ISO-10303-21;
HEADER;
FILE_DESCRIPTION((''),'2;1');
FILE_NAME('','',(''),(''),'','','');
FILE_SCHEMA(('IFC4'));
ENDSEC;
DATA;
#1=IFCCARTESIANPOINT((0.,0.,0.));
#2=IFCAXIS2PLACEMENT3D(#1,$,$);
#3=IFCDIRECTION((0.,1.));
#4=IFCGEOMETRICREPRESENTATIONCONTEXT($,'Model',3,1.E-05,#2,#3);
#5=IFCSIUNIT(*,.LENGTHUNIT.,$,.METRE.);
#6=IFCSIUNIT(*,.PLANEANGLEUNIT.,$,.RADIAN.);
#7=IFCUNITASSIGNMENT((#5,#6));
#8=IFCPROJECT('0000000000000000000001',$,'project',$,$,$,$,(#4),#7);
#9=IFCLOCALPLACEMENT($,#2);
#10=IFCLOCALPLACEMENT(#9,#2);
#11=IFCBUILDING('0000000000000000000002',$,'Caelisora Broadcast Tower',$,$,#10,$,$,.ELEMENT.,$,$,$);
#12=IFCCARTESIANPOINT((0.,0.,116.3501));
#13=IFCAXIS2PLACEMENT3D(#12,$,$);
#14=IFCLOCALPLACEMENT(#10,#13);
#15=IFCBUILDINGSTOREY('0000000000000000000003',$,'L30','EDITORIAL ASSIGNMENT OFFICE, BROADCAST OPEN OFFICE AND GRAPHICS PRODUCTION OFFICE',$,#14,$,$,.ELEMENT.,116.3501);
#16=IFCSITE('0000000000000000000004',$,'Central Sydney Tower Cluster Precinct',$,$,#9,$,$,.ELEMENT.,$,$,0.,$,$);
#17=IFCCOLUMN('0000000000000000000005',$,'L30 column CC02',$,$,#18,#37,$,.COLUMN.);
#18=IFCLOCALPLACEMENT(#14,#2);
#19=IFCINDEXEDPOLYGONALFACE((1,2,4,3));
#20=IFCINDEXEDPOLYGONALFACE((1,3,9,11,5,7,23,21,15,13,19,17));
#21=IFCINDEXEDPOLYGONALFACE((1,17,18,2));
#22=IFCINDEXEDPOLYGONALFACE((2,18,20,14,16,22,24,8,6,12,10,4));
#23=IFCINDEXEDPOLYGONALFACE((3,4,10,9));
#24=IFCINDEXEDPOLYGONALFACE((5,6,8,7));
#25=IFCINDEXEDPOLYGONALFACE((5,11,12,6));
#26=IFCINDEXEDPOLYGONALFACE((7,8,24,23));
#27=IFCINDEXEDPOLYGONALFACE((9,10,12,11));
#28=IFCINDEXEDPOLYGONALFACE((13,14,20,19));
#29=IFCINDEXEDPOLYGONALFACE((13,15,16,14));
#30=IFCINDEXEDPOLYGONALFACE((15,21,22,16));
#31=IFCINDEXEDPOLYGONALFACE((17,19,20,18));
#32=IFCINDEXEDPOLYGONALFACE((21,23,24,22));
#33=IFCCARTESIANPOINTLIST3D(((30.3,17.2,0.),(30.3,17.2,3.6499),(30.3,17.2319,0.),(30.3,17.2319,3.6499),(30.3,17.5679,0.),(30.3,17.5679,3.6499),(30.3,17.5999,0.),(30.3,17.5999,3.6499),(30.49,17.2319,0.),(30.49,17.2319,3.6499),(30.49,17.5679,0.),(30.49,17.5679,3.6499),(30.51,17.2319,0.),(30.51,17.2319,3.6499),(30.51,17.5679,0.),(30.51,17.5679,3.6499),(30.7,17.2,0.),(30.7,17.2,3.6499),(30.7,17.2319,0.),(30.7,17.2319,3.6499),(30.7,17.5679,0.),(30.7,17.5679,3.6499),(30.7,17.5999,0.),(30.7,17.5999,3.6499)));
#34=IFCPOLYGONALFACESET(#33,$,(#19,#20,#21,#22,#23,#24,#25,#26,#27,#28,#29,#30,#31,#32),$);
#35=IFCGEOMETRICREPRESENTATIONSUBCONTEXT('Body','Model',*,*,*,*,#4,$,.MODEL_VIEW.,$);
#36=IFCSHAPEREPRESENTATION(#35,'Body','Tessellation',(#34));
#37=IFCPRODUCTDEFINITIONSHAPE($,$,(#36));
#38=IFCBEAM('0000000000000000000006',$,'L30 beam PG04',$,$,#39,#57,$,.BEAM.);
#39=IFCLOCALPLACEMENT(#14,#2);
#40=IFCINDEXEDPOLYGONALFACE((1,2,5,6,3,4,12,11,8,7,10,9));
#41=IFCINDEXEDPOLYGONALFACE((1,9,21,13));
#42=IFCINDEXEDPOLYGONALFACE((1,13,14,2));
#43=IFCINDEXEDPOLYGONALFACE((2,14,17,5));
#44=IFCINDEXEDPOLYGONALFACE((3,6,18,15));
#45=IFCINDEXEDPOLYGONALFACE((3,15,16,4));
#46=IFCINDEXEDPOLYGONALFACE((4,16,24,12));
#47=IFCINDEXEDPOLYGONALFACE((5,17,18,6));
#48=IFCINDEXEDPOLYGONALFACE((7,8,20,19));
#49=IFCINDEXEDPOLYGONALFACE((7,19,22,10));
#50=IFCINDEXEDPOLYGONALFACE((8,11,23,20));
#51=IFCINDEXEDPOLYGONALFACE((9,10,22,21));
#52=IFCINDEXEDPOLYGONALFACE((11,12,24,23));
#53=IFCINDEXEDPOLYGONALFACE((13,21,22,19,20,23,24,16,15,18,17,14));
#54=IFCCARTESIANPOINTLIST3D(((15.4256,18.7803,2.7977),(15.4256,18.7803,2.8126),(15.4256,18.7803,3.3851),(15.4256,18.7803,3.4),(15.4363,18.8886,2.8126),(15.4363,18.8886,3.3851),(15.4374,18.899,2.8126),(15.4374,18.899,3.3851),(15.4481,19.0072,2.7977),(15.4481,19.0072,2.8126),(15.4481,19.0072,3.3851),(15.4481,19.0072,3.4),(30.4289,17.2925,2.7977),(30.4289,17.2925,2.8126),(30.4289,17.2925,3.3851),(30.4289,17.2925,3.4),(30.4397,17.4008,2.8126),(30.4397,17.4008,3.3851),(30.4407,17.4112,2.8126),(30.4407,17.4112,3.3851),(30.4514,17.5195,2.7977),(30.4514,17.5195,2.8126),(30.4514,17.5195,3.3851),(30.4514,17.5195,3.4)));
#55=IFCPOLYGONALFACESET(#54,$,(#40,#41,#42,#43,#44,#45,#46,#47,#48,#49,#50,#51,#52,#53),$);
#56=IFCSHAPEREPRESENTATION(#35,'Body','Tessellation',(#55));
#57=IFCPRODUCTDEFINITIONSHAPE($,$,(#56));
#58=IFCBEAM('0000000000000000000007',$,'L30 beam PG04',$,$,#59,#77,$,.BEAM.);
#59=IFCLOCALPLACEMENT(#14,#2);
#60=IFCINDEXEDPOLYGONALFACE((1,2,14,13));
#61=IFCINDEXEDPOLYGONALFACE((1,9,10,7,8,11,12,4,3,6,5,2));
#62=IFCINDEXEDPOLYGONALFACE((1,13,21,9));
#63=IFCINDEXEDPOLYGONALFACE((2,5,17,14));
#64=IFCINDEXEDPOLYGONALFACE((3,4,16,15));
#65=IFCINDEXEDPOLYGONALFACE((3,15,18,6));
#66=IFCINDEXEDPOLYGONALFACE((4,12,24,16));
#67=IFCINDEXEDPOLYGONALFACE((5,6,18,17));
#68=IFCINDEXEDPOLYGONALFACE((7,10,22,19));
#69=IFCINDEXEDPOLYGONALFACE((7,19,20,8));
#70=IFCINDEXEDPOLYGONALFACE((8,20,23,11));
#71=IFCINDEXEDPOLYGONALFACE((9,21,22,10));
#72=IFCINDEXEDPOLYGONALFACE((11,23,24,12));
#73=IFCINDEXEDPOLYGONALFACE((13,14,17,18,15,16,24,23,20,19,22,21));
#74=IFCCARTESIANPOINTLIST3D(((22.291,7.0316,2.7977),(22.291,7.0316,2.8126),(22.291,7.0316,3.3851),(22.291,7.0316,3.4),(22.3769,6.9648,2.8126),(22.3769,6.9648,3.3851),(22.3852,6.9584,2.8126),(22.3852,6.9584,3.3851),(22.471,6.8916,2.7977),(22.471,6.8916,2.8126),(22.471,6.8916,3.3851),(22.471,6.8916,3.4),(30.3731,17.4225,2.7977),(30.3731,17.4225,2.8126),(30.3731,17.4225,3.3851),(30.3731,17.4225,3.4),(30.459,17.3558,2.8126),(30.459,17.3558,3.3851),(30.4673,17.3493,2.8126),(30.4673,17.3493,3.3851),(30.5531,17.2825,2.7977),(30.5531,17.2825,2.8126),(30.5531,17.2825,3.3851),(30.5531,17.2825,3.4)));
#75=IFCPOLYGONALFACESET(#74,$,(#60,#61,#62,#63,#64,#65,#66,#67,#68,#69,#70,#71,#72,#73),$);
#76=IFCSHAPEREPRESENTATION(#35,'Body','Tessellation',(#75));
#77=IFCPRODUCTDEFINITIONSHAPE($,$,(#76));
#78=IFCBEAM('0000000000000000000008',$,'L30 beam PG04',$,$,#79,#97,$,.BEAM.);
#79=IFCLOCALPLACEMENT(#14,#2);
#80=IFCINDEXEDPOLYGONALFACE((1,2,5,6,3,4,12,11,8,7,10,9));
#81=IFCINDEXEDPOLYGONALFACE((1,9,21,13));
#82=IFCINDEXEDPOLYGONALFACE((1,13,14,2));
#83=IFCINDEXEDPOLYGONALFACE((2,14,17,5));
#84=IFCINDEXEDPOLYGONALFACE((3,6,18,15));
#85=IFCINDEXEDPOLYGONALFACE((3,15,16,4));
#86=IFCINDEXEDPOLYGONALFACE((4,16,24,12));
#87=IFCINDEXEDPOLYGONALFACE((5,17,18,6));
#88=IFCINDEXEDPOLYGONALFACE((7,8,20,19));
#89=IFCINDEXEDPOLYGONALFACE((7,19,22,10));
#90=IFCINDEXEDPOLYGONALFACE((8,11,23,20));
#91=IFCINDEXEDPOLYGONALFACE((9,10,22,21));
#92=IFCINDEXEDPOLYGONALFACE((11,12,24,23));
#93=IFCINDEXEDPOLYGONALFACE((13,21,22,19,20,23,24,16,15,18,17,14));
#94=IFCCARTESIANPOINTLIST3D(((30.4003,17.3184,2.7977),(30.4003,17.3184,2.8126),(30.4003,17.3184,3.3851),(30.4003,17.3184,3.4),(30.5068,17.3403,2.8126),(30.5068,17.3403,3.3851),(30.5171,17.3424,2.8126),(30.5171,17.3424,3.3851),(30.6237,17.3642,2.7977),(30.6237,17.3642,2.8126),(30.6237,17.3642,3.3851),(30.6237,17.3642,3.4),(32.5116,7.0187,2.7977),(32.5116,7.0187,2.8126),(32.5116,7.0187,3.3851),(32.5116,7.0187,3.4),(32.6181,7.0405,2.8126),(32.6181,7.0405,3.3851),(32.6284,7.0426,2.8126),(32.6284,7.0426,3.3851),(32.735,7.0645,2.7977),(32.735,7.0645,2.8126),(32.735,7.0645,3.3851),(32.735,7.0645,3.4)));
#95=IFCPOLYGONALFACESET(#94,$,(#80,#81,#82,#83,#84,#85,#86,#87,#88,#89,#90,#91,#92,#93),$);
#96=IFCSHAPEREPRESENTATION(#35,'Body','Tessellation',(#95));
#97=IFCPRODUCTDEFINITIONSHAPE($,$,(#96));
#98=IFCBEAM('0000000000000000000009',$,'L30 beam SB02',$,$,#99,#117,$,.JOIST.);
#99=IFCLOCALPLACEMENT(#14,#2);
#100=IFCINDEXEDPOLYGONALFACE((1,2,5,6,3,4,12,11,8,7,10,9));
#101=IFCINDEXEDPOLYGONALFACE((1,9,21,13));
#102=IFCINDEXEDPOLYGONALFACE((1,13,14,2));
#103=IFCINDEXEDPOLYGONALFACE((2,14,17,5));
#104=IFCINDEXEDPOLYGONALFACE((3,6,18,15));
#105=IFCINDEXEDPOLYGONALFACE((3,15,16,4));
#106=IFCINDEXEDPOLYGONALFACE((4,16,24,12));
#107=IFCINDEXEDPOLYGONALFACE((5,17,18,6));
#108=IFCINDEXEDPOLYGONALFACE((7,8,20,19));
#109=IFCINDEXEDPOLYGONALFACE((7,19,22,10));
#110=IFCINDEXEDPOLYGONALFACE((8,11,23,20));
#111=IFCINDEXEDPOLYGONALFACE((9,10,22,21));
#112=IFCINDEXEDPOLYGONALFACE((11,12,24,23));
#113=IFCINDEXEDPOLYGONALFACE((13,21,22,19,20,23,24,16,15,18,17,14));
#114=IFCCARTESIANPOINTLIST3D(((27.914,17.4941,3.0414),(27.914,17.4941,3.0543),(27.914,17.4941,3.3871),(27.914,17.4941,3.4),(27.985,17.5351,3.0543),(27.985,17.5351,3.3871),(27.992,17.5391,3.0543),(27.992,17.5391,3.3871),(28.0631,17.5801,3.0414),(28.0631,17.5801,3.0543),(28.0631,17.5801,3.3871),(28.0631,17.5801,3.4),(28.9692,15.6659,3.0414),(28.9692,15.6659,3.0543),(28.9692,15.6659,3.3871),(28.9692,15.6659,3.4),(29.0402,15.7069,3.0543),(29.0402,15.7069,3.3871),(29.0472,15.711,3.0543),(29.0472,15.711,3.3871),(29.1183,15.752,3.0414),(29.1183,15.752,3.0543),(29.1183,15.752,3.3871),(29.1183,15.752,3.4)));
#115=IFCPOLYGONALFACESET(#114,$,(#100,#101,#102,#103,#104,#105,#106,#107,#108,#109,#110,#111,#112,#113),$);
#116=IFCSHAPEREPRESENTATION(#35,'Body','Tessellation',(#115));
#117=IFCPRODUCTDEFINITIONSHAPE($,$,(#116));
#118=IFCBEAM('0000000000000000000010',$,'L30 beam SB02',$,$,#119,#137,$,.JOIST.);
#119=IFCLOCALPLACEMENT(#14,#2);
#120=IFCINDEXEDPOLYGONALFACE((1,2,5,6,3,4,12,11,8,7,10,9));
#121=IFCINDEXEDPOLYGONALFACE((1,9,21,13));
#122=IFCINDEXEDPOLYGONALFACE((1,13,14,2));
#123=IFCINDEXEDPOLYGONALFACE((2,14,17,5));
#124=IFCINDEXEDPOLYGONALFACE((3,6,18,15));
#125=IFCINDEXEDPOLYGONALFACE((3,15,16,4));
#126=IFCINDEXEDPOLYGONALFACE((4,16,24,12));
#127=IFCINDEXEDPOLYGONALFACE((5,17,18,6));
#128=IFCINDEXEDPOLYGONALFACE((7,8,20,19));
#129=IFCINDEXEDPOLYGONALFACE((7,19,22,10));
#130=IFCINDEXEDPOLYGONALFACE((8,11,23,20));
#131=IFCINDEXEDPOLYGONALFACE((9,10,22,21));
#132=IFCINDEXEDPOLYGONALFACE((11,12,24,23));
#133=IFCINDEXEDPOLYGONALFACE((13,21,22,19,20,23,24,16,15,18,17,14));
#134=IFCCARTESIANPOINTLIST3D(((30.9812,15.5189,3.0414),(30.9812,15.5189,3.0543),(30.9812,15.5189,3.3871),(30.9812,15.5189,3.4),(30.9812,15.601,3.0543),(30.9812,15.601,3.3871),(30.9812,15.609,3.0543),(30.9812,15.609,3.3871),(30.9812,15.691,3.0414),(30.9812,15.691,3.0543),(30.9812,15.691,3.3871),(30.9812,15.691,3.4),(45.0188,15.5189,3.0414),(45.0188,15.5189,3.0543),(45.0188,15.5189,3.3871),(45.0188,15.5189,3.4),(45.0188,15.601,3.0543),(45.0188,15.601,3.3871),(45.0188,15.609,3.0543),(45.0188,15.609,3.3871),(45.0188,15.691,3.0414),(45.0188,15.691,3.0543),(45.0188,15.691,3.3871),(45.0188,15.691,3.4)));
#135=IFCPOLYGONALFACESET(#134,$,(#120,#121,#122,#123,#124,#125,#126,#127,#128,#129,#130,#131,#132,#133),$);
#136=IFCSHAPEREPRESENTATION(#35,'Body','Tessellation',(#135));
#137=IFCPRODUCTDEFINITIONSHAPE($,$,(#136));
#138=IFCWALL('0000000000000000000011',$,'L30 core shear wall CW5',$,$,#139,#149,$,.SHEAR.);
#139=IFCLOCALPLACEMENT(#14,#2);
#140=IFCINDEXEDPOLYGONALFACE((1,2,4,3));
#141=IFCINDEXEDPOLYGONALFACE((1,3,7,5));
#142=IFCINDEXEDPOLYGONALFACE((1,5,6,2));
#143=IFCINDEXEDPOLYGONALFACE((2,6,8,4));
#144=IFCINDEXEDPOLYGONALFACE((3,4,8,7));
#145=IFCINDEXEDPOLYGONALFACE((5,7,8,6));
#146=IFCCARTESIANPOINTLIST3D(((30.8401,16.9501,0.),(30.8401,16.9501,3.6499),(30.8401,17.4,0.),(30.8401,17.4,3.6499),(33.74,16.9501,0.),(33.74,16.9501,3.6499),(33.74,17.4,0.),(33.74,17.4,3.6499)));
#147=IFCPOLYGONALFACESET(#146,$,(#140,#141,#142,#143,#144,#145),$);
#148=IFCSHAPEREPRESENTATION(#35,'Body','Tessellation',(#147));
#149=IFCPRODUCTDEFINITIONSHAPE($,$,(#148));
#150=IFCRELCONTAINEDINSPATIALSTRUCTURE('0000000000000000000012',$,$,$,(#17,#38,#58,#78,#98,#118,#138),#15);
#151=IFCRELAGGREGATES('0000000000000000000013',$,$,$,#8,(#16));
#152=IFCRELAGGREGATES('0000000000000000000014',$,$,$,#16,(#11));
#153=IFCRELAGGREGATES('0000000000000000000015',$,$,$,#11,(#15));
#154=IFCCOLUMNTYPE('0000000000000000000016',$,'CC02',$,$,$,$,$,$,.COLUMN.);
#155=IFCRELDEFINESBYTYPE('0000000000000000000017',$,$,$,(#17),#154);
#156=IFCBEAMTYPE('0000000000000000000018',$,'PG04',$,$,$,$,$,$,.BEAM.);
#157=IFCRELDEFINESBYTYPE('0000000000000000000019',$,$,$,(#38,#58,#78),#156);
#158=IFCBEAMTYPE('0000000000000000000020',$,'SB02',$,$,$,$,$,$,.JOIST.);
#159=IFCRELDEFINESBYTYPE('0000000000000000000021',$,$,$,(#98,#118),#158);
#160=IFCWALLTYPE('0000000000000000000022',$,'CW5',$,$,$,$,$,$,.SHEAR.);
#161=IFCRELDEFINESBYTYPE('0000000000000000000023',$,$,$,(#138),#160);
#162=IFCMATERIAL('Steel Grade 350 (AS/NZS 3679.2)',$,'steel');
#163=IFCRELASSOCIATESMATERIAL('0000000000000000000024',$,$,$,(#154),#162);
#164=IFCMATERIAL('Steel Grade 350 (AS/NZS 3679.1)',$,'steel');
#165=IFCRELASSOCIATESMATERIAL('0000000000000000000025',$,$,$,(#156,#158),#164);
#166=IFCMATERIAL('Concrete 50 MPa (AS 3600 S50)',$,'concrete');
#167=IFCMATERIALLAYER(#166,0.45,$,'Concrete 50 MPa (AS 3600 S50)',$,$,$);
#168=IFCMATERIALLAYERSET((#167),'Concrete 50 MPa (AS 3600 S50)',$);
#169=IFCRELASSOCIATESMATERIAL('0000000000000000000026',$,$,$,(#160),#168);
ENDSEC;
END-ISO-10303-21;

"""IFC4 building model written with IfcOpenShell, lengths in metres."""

from ifc_helpers import new_model, si_unit, direction, frame, frame_2d, origin, origin_2d, place, context, subcontext, project, spatial, rectangle, i_section, extrude, source, transform, mapped, material, layer, layer_set, material_profile, profile_set, type_object, type_shapes, element, save


model = new_model("IFC4")

# Units and contexts
model_context = context("Model", 3, precision=1e-05, world=origin(), true_north=direction((0.0, 1.0)))
body_context = subcontext(model_context, "Body", "Model", "MODEL_VIEW")
ifc_project = project(units=[si_unit("LENGTHUNIT", "METRE"), si_unit("PLANEANGLEUNIT", "RADIAN")], contexts=[model_context])

# Site, building, storey
site_placement = place(None, origin())
site = spatial("IfcSite", under=ifc_project, at=site_placement, Name="Central Sydney Tower Cluster Precinct", CompositionType="ELEMENT", RefElevation=0.0)
building_placement = place(site_placement, origin())
building = spatial("IfcBuilding", under=site, at=building_placement, Name="Caelisora Broadcast Tower", CompositionType="ELEMENT")
storey_placement = place(building_placement, frame((0.0, 0.0, 116.3501)))
storey = spatial("IfcBuildingStorey", under=building, at=storey_placement, Name="L30", Description="EDITORIAL ASSIGNMENT OFFICE, BROADCAST OPEN OFFICE AND GRAPHICS PRODUCTION OFFICE", CompositionType="ELEMENT", Elevation=116.3501)

# Column
ifc_material_1 = material(Name="Steel Grade 350 (AS/NZS 3679.2)", Category="steel")
ifc_material_profile_1 = material_profile(ifc_material_1, i_section(OverallWidth=0.3999, OverallDepth=0.3999, WebThickness=0.02, FlangeThickness=0.032, at=origin_2d()), Name="Steel Grade 350 (AS/NZS 3679.2)")
ifc_profile_set_1 = profile_set([ifc_material_profile_1], Name="Steel Grade 350 (AS/NZS 3679.2)")
column_type = type_object("IfcColumnType", Name="CC02", PredefinedType="COLUMN", material=ifc_profile_set_1)
shared_shape_1 = source(origin(), body_context, "Body", "SweptSolid", [
    extrude(i_section(OverallWidth=0.3999, OverallDepth=0.3999, WebThickness=0.02, FlangeThickness=0.032, at=origin_2d()), origin(), (0.0, 0.0, 1.0), 3.6499),
])
type_shapes(column_type, [shared_shape_1])
column_placement = place(storey_placement, frame((30.5, 17.3999, 0.0), z_axis=(0.0, 0.0, 1.0), x_axis=(1.0, 0.0, 0.0)))
element("IfcColumn", 1, at=column_placement, inside=storey, type_object=column_type, Name="L30 column CC02", PredefinedType="COLUMN", context=body_context, shape_type="MappedRepresentation", body=[
    mapped(shared_shape_1, transform((0.0, 0.0, 0.0), scale=1.0)),
])

# Beams
ifc_material_2 = material(Name="Steel Grade 350 (AS/NZS 3679.1)", Category="steel")
ifc_material_profile_2 = material_profile(ifc_material_2, i_section(OverallWidth=0.228, OverallDepth=0.6023, WebThickness=0.0105, FlangeThickness=0.0149, at=origin_2d()), Name="Steel Grade 350 (AS/NZS 3679.1)")
ifc_profile_set_2 = profile_set([ifc_material_profile_2], Name="Steel Grade 350 (AS/NZS 3679.1)")
beam_type_1 = type_object("IfcBeamType", Name="PG04", PredefinedType="BEAM", material=ifc_profile_set_2)
shared_shape_2 = source(origin(), body_context, "Body", "SweptSolid", [
    extrude(i_section(OverallWidth=0.228, OverallDepth=0.6023, WebThickness=0.0105, FlangeThickness=0.0149, at=origin_2d()), origin(), (0.0, 0.0, 1.0), 15.0769),
])
beam_1_placement = place(storey_placement, frame((30.4402, 17.406, 3.0989), z_axis=(-0.995119, 0.09868, 0.0), x_axis=(-0.09868, -0.995119, 0.0)))
element("IfcBeam", 2, at=beam_1_placement, inside=storey, type_object=beam_type_1, Name="L30 beam PG04", PredefinedType="BEAM", context=body_context, shape_type="MappedRepresentation", body=[
    mapped(shared_shape_2, transform((0.0, 0.0, 0.0), scale=1.0)),
])
shared_shape_3 = source(origin(), body_context, "Body", "SweptSolid", [
    extrude(i_section(OverallWidth=0.228, OverallDepth=0.6023, WebThickness=0.0105, FlangeThickness=0.0149, at=origin_2d()), origin(), (0.0, 0.0, 1.0), 13.1641),
])
beam_2_placement = place(storey_placement, frame((30.4631, 17.3525, 3.0989), z_axis=(-0.613952, -0.789343, 0.0), x_axis=(0.789343, -0.613952, 0.0)))
element("IfcBeam", 3, at=beam_2_placement, inside=storey, type_object=beam_type_1, Name="L30 beam PG04", PredefinedType="BEAM", context=body_context, shape_type="MappedRepresentation", body=[
    mapped(shared_shape_3, transform((0.0, 0.0, 0.0), scale=1.0)),
])
shared_shape_4 = source(origin(), body_context, "Body", "SweptSolid", [
    extrude(i_section(OverallWidth=0.228, OverallDepth=0.6023, WebThickness=0.0105, FlangeThickness=0.0149, at=origin_2d()), origin(), (0.0, 0.0, 1.0), 10.5139),
])
type_shapes(beam_type_1, [shared_shape_2, shared_shape_3, shared_shape_4])
beam_3_placement = place(storey_placement, frame((30.512, 17.3413, 3.0989), z_axis=(0.200812, -0.97963, 0.0), x_axis=(0.97963, 0.200812, 0.0)))
element("IfcBeam", 4, at=beam_3_placement, inside=storey, type_object=beam_type_1, Name="L30 beam PG04", PredefinedType="BEAM", context=body_context, shape_type="MappedRepresentation", body=[
    mapped(shared_shape_4, transform((0.0, 0.0, 0.0), scale=1.0)),
])
ifc_material_profile_3 = material_profile(ifc_material_2, i_section(OverallWidth=0.1721, OverallDepth=0.3586, WebThickness=0.0081, FlangeThickness=0.0129, at=origin_2d()), Name="Steel Grade 350 (AS/NZS 3679.1)")
ifc_profile_set_3 = profile_set([ifc_material_profile_3], Name="Steel Grade 350 (AS/NZS 3679.1)")
beam_type_2 = type_object("IfcBeamType", Name="SB02", PredefinedType="JOIST", material=ifc_profile_set_3)
shared_shape_5 = source(origin(), body_context, "Body", "SweptSolid", [
    extrude(i_section(OverallWidth=0.1721, OverallDepth=0.3586, WebThickness=0.0081, FlangeThickness=0.0129, at=origin_2d()), origin(), (0.0, 0.0, 1.0), 2.1108),
])
beam_4_placement = place(storey_placement, frame((27.9885, 17.5371, 3.2207), z_axis=(0.499896, -0.866085, 0.0), x_axis=(0.866085, 0.499896, 0.0)))
element("IfcBeam", 5, at=beam_4_placement, inside=storey, type_object=beam_type_2, Name="L30 beam SB02", PredefinedType="JOIST", context=body_context, shape_type="MappedRepresentation", body=[
    mapped(shared_shape_5, transform((0.0, 0.0, 0.0), scale=1.0)),
])
shared_shape_6 = source(origin(), body_context, "Body", "SweptSolid", [
    extrude(i_section(OverallWidth=0.1721, OverallDepth=0.3586, WebThickness=0.0081, FlangeThickness=0.0129, at=origin_2d()), origin(), (0.0, 0.0, 1.0), 14.0376),
])
type_shapes(beam_type_2, [shared_shape_5, shared_shape_6])
beam_5_placement = place(storey_placement, frame((30.9812, 15.605, 3.2207), z_axis=(1.0, 0.0, 0.0), x_axis=(0.0, 1.0, 0.0)))
element("IfcBeam", 6, at=beam_5_placement, inside=storey, type_object=beam_type_2, Name="L30 beam SB02", PredefinedType="JOIST", context=body_context, shape_type="MappedRepresentation", body=[
    mapped(shared_shape_6, transform((0.0, 0.0, 0.0), scale=1.0)),
])

# Shared definitions
ifc_material_3 = material(Name="Concrete 50 MPa (AS 3600 S50)", Category="concrete")

# Wall
ifc_layer_1 = layer(ifc_material_3, 0.45, Name="Concrete 50 MPa (AS 3600 S50)")
ifc_layer_set_1 = layer_set([ifc_layer_1], Name="Concrete 50 MPa (AS 3600 S50)")
wall_type_1 = type_object("IfcWallType", Name="CW5", PredefinedType="SHEAR", material=ifc_layer_set_1)
wall_1_placement = place(storey_placement, frame((30.8401, 17.175, 0.0), z_axis=(0.0, 0.0, 1.0), x_axis=(1.0, 0.0, 0.0)))
element("IfcWall", 7, at=wall_1_placement, inside=storey, type_object=wall_type_1, Name="L30 core shear wall CW5", PredefinedType="SHEAR", context=body_context, shape_type="SweptSolid", body=[
    extrude(rectangle(XDim=2.8999, YDim=0.45, at=frame_2d((1.45, 0.0))), origin(), (0.0, 0.0, 1.0), 3.6499),
])

save(model, "model.ifc")
